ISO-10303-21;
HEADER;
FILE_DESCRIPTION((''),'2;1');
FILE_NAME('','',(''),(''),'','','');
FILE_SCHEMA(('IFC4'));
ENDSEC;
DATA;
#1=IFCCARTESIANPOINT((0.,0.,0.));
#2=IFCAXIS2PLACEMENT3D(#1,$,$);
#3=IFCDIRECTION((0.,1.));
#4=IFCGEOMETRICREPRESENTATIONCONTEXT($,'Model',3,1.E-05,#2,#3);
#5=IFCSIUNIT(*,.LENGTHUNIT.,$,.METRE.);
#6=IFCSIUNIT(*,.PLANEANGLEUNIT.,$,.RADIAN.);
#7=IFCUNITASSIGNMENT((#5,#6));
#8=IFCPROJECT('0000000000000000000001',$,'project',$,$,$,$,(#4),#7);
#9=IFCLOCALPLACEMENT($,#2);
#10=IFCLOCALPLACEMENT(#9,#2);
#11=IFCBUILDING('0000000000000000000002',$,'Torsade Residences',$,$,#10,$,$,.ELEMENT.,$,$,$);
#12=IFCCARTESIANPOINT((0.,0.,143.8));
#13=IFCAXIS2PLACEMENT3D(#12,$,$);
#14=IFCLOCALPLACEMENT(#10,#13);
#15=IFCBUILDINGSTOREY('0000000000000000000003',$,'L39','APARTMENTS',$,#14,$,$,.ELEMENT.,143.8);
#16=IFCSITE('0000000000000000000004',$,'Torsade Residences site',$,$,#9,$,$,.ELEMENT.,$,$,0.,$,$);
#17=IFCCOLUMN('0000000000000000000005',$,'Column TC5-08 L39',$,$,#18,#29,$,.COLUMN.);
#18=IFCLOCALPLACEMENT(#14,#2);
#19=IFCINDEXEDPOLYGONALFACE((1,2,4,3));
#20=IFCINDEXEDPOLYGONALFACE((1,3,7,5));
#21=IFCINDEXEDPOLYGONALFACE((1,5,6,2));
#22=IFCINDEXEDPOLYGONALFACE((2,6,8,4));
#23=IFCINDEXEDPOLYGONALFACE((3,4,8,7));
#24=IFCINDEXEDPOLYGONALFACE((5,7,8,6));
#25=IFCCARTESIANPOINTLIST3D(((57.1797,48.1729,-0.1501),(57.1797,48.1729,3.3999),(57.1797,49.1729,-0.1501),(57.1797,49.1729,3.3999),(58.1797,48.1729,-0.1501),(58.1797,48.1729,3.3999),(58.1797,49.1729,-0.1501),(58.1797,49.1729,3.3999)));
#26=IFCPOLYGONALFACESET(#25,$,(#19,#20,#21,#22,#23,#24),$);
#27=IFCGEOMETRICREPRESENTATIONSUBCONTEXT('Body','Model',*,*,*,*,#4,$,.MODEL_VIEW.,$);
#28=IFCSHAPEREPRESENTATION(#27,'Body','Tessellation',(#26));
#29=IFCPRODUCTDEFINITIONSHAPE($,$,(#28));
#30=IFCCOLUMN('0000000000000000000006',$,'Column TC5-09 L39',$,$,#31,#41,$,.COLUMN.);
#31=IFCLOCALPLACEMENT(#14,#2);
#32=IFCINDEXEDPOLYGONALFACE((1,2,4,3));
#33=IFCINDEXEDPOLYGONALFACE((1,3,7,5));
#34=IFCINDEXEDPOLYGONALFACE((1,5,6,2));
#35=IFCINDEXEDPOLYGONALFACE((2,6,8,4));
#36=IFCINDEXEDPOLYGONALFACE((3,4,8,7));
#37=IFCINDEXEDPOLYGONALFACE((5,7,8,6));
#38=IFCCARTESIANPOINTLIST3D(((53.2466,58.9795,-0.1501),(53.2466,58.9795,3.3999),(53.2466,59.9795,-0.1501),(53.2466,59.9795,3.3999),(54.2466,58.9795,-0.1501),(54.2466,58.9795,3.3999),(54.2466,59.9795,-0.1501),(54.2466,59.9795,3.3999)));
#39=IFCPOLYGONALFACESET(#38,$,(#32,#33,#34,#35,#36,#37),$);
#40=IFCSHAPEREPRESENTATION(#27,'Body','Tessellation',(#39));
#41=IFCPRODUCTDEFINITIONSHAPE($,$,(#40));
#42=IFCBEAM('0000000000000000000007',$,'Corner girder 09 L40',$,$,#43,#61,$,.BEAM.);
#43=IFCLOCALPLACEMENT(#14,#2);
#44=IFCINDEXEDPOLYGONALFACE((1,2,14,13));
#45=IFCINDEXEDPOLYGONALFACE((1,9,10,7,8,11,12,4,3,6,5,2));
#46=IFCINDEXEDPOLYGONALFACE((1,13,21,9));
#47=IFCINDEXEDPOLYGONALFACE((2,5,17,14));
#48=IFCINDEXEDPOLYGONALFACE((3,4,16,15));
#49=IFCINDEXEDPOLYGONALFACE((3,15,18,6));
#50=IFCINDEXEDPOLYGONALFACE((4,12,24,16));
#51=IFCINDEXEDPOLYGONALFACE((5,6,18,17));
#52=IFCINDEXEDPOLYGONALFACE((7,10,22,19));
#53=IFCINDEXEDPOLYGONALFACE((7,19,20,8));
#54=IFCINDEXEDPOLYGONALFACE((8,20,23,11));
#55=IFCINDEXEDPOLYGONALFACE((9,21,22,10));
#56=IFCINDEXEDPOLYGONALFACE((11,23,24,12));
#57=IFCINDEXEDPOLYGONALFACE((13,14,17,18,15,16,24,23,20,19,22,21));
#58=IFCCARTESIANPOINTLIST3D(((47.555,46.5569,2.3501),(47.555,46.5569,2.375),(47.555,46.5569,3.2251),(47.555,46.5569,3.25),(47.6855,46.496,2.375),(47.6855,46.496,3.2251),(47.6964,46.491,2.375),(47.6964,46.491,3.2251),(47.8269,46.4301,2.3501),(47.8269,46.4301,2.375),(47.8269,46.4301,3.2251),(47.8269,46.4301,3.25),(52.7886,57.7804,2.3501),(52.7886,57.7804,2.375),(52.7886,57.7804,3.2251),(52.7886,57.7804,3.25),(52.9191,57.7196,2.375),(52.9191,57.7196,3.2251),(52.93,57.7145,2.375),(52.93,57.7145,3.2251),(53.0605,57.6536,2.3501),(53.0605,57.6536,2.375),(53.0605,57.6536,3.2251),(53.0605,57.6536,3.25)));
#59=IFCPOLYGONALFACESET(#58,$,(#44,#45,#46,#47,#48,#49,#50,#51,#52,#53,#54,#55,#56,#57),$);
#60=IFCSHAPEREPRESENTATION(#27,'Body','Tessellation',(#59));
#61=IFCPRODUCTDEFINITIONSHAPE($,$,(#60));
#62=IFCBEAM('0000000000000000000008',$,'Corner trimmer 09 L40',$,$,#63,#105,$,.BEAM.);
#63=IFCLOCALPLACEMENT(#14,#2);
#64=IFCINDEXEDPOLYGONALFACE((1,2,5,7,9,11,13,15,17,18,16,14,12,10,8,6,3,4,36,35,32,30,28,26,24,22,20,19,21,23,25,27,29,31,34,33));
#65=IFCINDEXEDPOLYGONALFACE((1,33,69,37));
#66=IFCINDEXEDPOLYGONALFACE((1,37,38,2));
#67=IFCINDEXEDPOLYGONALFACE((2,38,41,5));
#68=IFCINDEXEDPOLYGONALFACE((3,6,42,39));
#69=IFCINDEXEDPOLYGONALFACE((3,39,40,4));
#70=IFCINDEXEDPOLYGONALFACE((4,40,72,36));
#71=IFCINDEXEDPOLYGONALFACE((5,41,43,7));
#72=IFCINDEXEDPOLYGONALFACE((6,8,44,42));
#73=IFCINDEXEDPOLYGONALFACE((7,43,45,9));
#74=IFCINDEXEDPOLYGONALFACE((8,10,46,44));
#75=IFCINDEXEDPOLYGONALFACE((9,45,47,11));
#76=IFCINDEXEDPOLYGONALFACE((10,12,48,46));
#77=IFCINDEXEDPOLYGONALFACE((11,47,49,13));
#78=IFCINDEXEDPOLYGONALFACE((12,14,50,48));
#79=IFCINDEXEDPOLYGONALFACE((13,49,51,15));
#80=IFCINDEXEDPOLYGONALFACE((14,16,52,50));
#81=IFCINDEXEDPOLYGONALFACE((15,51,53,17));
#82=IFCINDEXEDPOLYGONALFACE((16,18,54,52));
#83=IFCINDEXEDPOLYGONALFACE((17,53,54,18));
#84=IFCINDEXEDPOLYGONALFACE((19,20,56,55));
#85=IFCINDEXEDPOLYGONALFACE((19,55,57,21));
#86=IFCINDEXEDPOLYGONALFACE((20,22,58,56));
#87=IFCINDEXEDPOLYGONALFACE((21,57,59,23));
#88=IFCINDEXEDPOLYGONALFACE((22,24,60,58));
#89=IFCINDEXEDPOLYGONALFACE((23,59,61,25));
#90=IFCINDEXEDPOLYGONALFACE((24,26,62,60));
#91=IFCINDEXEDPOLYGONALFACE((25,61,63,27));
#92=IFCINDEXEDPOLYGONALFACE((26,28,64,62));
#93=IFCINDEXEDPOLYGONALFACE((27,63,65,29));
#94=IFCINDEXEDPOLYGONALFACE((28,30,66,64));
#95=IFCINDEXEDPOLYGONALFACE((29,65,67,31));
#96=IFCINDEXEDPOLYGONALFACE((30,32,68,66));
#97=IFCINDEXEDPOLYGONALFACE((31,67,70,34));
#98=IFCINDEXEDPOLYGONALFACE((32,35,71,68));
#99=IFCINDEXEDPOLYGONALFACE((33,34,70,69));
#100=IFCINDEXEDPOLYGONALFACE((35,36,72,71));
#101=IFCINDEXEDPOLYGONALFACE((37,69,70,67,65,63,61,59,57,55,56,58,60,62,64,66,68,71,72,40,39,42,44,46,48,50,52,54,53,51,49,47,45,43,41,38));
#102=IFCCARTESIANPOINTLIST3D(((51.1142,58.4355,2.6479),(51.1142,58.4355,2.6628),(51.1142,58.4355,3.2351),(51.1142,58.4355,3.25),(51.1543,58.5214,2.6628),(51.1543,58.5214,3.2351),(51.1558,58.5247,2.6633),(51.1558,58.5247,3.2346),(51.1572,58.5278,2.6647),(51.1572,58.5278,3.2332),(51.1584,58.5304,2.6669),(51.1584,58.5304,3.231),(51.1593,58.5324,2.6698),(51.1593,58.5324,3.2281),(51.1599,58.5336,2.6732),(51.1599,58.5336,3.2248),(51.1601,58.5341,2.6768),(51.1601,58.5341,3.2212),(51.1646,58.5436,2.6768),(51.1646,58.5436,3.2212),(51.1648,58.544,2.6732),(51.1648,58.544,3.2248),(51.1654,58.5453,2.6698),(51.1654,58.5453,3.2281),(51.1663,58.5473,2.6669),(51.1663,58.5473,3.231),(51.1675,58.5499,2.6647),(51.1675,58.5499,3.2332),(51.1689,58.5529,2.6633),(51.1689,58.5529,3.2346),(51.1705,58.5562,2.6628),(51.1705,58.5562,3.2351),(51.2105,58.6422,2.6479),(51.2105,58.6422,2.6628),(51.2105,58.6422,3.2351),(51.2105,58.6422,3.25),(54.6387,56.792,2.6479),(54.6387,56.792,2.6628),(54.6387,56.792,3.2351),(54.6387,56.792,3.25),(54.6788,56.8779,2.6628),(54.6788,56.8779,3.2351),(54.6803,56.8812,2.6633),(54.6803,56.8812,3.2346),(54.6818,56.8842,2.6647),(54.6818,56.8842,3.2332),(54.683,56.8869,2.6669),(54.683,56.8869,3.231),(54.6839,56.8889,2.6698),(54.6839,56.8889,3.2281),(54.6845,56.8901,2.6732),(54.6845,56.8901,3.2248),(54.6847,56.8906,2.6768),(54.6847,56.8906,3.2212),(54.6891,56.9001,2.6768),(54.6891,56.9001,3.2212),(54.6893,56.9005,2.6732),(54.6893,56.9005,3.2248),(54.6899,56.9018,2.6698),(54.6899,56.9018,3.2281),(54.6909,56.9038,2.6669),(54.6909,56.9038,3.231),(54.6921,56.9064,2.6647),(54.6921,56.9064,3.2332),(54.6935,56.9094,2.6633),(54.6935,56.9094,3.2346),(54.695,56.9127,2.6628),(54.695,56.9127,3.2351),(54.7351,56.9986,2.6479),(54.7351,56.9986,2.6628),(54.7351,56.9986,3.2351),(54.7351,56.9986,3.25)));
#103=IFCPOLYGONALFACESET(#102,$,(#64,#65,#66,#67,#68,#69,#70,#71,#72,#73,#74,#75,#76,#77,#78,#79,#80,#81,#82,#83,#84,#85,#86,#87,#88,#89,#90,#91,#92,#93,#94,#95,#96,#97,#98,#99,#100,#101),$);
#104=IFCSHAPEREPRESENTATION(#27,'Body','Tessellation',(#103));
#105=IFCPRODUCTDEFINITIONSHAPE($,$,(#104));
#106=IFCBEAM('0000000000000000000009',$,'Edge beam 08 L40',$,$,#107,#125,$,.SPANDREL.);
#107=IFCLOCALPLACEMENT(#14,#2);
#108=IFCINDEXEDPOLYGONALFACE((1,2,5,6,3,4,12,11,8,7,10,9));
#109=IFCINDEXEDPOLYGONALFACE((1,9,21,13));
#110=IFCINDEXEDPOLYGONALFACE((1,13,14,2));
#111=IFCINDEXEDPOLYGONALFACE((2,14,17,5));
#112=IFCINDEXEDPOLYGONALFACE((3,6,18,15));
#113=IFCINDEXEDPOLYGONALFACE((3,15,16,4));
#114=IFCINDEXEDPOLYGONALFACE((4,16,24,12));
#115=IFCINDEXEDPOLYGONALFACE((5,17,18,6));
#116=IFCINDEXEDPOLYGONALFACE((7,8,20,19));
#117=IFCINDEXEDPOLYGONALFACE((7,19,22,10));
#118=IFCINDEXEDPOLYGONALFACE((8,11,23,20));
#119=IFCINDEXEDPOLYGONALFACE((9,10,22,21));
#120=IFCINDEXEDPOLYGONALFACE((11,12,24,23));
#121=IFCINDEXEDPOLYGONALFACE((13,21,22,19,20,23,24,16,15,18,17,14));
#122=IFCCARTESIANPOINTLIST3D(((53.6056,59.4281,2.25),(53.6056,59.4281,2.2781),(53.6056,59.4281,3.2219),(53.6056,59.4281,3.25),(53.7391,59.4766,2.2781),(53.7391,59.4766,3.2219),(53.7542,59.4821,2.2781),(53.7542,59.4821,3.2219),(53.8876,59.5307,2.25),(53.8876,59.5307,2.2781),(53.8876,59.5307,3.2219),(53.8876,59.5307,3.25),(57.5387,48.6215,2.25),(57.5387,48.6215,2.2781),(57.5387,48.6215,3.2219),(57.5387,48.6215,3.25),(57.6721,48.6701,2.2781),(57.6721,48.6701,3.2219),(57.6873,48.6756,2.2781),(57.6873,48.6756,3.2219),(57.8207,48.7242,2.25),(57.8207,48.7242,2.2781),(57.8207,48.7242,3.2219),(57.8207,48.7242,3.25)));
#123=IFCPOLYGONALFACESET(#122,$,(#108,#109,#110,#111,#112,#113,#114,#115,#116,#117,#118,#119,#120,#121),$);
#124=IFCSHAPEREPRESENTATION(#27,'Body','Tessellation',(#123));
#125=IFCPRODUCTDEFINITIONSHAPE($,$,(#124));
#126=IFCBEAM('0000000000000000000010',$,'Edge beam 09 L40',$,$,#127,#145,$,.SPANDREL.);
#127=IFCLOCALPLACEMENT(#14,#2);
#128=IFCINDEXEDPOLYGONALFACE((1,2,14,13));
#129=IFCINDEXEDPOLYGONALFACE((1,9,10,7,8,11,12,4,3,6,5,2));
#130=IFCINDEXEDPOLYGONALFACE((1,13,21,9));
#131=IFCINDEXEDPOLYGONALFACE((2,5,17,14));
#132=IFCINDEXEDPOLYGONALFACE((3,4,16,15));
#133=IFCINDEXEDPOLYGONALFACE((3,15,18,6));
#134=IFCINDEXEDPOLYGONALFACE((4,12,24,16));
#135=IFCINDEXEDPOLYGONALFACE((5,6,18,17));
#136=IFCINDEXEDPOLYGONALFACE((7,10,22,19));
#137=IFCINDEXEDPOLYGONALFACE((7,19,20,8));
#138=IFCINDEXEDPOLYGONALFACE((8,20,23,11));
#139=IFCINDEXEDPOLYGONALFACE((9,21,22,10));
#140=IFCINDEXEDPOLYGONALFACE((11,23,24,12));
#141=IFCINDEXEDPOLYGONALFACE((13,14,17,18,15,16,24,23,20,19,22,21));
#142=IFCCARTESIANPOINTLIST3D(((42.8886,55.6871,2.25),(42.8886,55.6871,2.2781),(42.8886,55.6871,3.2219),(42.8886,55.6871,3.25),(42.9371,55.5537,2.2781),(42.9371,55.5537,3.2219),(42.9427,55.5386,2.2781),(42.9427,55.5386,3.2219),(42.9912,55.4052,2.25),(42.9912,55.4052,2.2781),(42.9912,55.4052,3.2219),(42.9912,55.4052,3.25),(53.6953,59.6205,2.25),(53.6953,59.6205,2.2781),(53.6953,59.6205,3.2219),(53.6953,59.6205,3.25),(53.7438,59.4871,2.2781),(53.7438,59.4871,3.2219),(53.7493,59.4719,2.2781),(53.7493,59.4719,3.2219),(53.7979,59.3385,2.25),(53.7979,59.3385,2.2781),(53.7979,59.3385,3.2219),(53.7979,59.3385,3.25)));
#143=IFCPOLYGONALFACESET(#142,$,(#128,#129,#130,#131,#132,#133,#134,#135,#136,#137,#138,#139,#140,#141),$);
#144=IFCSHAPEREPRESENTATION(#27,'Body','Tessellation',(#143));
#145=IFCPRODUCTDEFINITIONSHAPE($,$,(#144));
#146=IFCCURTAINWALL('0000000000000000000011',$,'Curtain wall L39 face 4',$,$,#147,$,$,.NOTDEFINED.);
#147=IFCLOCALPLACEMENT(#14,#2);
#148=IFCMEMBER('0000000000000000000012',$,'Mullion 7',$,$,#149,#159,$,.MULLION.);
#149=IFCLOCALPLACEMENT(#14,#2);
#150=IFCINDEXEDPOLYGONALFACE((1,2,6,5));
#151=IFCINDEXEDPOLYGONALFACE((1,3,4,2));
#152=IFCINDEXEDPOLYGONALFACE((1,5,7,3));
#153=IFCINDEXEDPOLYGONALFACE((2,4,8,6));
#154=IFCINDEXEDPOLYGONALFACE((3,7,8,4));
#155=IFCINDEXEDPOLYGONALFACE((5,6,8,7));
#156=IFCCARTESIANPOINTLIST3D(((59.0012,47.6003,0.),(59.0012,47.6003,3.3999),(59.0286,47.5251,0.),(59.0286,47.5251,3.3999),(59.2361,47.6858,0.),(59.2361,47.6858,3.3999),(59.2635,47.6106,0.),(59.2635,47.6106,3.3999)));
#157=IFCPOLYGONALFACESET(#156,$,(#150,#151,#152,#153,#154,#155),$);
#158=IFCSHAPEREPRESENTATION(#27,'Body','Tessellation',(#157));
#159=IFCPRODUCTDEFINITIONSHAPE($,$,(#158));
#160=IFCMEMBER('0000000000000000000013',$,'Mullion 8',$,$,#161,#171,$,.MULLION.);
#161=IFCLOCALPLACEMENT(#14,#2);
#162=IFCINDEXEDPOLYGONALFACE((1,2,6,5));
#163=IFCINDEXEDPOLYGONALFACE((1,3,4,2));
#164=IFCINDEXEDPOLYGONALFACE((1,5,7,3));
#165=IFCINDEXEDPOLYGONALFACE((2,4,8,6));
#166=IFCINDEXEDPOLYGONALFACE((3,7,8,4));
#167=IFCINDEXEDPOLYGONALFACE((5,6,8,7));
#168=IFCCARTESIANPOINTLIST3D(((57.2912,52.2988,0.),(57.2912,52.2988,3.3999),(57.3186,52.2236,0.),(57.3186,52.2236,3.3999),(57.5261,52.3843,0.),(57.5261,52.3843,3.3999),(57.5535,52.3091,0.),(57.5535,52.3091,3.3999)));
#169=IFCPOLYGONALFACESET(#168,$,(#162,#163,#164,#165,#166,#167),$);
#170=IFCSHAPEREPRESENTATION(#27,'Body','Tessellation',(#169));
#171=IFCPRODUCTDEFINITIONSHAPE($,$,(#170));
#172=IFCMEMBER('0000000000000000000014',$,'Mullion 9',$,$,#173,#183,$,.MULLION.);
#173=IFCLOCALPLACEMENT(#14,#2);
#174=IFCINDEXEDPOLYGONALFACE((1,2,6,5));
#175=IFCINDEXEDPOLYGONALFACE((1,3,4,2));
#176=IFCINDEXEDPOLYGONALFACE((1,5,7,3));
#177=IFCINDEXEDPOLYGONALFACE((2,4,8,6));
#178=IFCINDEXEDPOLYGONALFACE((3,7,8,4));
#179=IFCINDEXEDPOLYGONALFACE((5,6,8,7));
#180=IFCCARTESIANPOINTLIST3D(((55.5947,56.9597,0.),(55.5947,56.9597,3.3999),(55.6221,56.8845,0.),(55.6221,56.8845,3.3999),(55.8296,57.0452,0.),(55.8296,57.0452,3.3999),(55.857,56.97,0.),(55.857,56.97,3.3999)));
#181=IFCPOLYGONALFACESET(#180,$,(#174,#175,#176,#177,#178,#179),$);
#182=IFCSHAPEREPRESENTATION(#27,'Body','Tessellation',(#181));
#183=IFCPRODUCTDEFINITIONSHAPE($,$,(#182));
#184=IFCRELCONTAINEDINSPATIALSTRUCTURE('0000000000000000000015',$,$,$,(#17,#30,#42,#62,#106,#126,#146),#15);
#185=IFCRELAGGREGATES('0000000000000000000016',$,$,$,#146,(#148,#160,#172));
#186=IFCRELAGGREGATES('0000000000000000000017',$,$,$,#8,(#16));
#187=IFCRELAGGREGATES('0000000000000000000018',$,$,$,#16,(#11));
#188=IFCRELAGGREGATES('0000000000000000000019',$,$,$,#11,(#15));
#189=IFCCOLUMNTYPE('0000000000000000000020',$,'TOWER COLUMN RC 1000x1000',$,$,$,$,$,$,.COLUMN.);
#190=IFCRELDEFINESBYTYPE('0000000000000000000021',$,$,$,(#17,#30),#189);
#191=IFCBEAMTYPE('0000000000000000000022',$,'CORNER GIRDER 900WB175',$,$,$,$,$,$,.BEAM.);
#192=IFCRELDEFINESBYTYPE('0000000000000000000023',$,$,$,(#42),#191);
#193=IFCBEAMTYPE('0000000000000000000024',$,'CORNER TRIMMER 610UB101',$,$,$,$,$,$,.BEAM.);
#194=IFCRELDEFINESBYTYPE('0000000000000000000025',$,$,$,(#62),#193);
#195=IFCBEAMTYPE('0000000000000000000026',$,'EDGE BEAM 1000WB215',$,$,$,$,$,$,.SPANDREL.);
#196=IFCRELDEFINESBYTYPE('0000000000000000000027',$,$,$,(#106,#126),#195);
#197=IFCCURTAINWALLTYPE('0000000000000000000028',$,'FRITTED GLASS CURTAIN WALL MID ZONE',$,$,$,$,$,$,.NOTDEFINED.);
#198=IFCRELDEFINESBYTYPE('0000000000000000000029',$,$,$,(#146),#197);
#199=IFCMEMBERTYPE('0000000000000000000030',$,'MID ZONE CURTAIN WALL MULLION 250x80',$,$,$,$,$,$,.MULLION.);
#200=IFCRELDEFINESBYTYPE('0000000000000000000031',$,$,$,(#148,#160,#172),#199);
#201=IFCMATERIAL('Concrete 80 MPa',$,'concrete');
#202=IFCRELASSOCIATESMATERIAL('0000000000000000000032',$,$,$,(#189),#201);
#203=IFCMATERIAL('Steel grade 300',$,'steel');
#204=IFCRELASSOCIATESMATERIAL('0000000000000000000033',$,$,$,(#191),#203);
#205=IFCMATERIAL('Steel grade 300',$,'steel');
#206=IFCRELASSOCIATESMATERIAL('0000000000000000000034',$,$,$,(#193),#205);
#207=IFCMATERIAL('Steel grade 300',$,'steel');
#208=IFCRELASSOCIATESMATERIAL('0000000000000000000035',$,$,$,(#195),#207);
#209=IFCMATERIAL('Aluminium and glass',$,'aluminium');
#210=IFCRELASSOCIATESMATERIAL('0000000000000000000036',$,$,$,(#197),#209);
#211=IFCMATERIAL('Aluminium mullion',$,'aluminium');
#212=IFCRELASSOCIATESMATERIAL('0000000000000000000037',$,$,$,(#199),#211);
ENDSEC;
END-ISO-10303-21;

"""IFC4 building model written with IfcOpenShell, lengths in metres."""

from ifc_helpers import new_model, si_unit, direction, frame, origin, origin_2d, place, context, subcontext, project, spatial, rectangle, i_section, extrude, material, material_profile, profile_set, type_object, element, aggregate, save


model = new_model("IFC4")

# Units and contexts
model_context = context("Model", 3, precision=1e-05, world=origin(), true_north=direction((0.0, 1.0)))
body_context = subcontext(model_context, "Body", "Model", "MODEL_VIEW")
ifc_project = project(units=[si_unit("LENGTHUNIT", "METRE"), si_unit("PLANEANGLEUNIT", "RADIAN")], contexts=[model_context])

# Site, building, storey
site_placement = place(None, origin())
site = spatial("IfcSite", under=ifc_project, at=site_placement, Name="Torsade Residences site", CompositionType="ELEMENT", RefElevation=0.0)
building_placement = place(site_placement, origin())
building = spatial("IfcBuilding", under=site, at=building_placement, Name="Torsade Residences", CompositionType="ELEMENT")
storey_placement = place(building_placement, frame((0.0, 0.0, 143.8)))
storey = spatial("IfcBuildingStorey", under=building, at=storey_placement, Name="L39", Description="APARTMENTS", CompositionType="ELEMENT", Elevation=143.8)

# Columns
ifc_material_1 = material(Name="Concrete 80 MPa", Category="concrete")
ifc_material_profile_1 = material_profile(ifc_material_1, rectangle(XDim=1.0, YDim=1.0, at=origin_2d()), Name="RC 1000x1000")
ifc_profile_set_1 = profile_set([ifc_material_profile_1], Name="Concrete 80 MPa")
column_type = type_object("IfcColumnType", Name="TOWER COLUMN RC 1000x1000", PredefinedType="COLUMN", material=ifc_profile_set_1)
for number, where, z_axis, x_axis, name in (
    (1, (57.6797, 48.6729, -0.1501), (0.0, 0.0, 1.0), (1.0, 0.0, 0.0), "Column TC5-08 L39"),
    (2, (53.7466, 59.4795, -0.1501), (0.0, 0.0, 1.0), (1.0, 0.0, 0.0), "Column TC5-09 L39"),
):
    element("IfcColumn", number, at=place(storey_placement, frame(where, z_axis=z_axis, x_axis=x_axis)), inside=storey, type_object=column_type, Name=name, PredefinedType="COLUMN", context=body_context, shape_type="SweptSolid", body=[
        extrude(rectangle(XDim=1.0, YDim=1.0, at=origin_2d()), origin(), (0.0, 0.0, 1.0), 3.55),
    ])

# Beams
ifc_material_2 = material(Name="Steel grade 300", Category="steel")
ifc_material_profile_2 = material_profile(ifc_material_2, i_section(OverallWidth=0.3, OverallDepth=0.8999, WebThickness=0.012, FlangeThickness=0.0249, at=origin_2d()), Name="900WB175")
ifc_profile_set_2 = profile_set([ifc_material_profile_2], Name="Steel grade 300")
beam_type_1 = type_object("IfcBeamType", Name="CORNER GIRDER 900WB175", PredefinedType="BEAM", material=ifc_profile_set_2)
beam_1_placement = place(storey_placement, frame((52.9246, 57.717, 2.8), z_axis=(-0.422617, -0.906309, 0.0), x_axis=(0.906309, -0.422617, 0.0)))
element("IfcBeam", 3, at=beam_1_placement, inside=storey, type_object=beam_type_1, Name="Corner girder 09 L40", PredefinedType="BEAM", context=body_context, shape_type="SweptSolid", body=[
    extrude(i_section(OverallWidth=0.3, OverallDepth=0.8999, WebThickness=0.012, FlangeThickness=0.0249, at=origin_2d()), origin(), (0.0, 0.0, 1.0), 12.3838),
])
ifc_material_3 = material(Name="Steel grade 300", Category="steel")
ifc_material_profile_3 = material_profile(ifc_material_3, i_section(OverallWidth=0.228, OverallDepth=0.6021, WebThickness=0.0105, FlangeThickness=0.0149, FilletRadius=0.0139, at=origin_2d()), Name="610UB101")
ifc_profile_set_3 = profile_set([ifc_material_profile_3], Name="Steel grade 300")
beam_type_2 = type_object("IfcBeamType", Name="CORNER TRIMMER 610UB101", PredefinedType="BEAM", material=ifc_profile_set_3)
beam_2_placement = place(storey_placement, frame((51.1624, 58.5388, 2.949), z_axis=(0.90631, -0.422614, 0.0), x_axis=(0.422614, 0.90631, 0.0)))
element("IfcBeam", 4, at=beam_2_placement, inside=storey, type_object=beam_type_2, Name="Corner trimmer 09 L40", PredefinedType="BEAM", context=body_context, shape_type="SweptSolid", body=[
    extrude(i_section(OverallWidth=0.228, OverallDepth=0.6021, WebThickness=0.0105, FlangeThickness=0.0149, FilletRadius=0.0139, at=origin_2d()), origin(), (0.0, 0.0, 1.0), 3.8889),
])
ifc_material_4 = material(Name="Steel grade 300", Category="steel")
ifc_material_profile_4 = material_profile(ifc_material_4, i_section(OverallWidth=0.3, OverallDepth=1.0, WebThickness=0.0161, FlangeThickness=0.0281, at=origin_2d()), Name="1000WB215")
ifc_profile_set_4 = profile_set([ifc_material_profile_4], Name="Steel grade 300")
beam_type_3 = type_object("IfcBeamType", Name="EDGE BEAM 1000WB215", PredefinedType="SPANDREL", material=ifc_profile_set_4)
beam_3_placement = place(storey_placement, frame((57.6797, 48.6729, 2.75), z_axis=(-0.342006, 0.939698, 0.0), x_axis=(-0.939698, -0.342006, 0.0)))
element("IfcBeam", 5, at=beam_3_placement, inside=storey, type_object=beam_type_3, Name="Edge beam 08 L40", PredefinedType="SPANDREL", context=body_context, shape_type="SweptSolid", body=[
    extrude(i_section(OverallWidth=0.3, OverallDepth=1.0, WebThickness=0.0161, FlangeThickness=0.0281, at=origin_2d()), origin(), (0.0, 0.0, 1.0), 11.5),
])
beam_4_placement = place(storey_placement, frame((53.7466, 59.4795, 2.75), z_axis=(-0.939691, -0.342024, 0.0), x_axis=(0.342024, -0.939691, 0.0)))
element("IfcBeam", 6, at=beam_4_placement, inside=storey, type_object=beam_type_3, Name="Edge beam 09 L40", PredefinedType="SPANDREL", context=body_context, shape_type="SweptSolid", body=[
    extrude(i_section(OverallWidth=0.3, OverallDepth=1.0, WebThickness=0.0161, FlangeThickness=0.0281, at=origin_2d()), origin(), (0.0, 0.0, 1.0), 11.5002),
])

# Curtain wall, members
ifc_material_5 = material(Name="Aluminium and glass", Category="aluminium")
curtain_wall_type = type_object("IfcCurtainWallType", Name="FRITTED GLASS CURTAIN WALL MID ZONE", PredefinedType="NOTDEFINED", material=ifc_material_5)
curtain_wall_placement = place(storey_placement, origin())
curtain_wall = element("IfcCurtainWall", 7, at=curtain_wall_placement, inside=storey, type_object=curtain_wall_type, Name="Curtain wall L39 face 4", PredefinedType="NOTDEFINED")
ifc_material_6 = material(Name="Aluminium mullion", Category="aluminium")
ifc_material_profile_5 = material_profile(ifc_material_6, rectangle(XDim=0.25, YDim=0.0801, at=origin_2d()), Name="MID ZONE CURTAIN WALL MULLION 250x80")
ifc_profile_set_5 = profile_set([ifc_material_profile_5], Name="Aluminium mullion")
member_type_1 = type_object("IfcMemberType", Name="MID ZONE CURTAIN WALL MULLION 250x80", PredefinedType="MULLION", material=ifc_profile_set_5)
member_1_placement = place(storey_placement, frame((59.1323, 47.6055, 0.0), z_axis=(0.0, 0.0, 1.0), x_axis=(-0.939693, -0.34202, 0.0)))
member_1 = element("IfcMember", 8, at=member_1_placement, type_object=member_type_1, Name="Mullion 7", PredefinedType="MULLION", context=body_context, shape_type="SweptSolid", body=[
    extrude(rectangle(XDim=0.25, YDim=0.0801, at=origin_2d()), origin(), (0.0, 0.0, 1.0), 3.3999),
])
member_2_placement = place(storey_placement, frame((57.4224, 52.304, 0.0), z_axis=(0.0, 0.0, 1.0), x_axis=(-0.939693, -0.34202, 0.0)))
member_2 = element("IfcMember", 9, at=member_2_placement, type_object=member_type_1, Name="Mullion 8", PredefinedType="MULLION", context=body_context, shape_type="SweptSolid", body=[
    extrude(rectangle(XDim=0.25, YDim=0.0801, at=origin_2d()), origin(), (0.0, 0.0, 1.0), 3.3999),
])
member_3_placement = place(storey_placement, frame((55.7258, 56.9648, 0.0), z_axis=(0.0, 0.0, 1.0), x_axis=(-0.939693, -0.34202, 0.0)))
member_3 = element("IfcMember", 10, at=member_3_placement, type_object=member_type_1, Name="Mullion 9", PredefinedType="MULLION", context=body_context, shape_type="SweptSolid", body=[
    extrude(rectangle(XDim=0.25, YDim=0.0801, at=origin_2d()), origin(), (0.0, 0.0, 1.0), 3.3999),
])

aggregate(curtain_wall, [member_1, member_2, member_3])

save(model, "model.ifc")
